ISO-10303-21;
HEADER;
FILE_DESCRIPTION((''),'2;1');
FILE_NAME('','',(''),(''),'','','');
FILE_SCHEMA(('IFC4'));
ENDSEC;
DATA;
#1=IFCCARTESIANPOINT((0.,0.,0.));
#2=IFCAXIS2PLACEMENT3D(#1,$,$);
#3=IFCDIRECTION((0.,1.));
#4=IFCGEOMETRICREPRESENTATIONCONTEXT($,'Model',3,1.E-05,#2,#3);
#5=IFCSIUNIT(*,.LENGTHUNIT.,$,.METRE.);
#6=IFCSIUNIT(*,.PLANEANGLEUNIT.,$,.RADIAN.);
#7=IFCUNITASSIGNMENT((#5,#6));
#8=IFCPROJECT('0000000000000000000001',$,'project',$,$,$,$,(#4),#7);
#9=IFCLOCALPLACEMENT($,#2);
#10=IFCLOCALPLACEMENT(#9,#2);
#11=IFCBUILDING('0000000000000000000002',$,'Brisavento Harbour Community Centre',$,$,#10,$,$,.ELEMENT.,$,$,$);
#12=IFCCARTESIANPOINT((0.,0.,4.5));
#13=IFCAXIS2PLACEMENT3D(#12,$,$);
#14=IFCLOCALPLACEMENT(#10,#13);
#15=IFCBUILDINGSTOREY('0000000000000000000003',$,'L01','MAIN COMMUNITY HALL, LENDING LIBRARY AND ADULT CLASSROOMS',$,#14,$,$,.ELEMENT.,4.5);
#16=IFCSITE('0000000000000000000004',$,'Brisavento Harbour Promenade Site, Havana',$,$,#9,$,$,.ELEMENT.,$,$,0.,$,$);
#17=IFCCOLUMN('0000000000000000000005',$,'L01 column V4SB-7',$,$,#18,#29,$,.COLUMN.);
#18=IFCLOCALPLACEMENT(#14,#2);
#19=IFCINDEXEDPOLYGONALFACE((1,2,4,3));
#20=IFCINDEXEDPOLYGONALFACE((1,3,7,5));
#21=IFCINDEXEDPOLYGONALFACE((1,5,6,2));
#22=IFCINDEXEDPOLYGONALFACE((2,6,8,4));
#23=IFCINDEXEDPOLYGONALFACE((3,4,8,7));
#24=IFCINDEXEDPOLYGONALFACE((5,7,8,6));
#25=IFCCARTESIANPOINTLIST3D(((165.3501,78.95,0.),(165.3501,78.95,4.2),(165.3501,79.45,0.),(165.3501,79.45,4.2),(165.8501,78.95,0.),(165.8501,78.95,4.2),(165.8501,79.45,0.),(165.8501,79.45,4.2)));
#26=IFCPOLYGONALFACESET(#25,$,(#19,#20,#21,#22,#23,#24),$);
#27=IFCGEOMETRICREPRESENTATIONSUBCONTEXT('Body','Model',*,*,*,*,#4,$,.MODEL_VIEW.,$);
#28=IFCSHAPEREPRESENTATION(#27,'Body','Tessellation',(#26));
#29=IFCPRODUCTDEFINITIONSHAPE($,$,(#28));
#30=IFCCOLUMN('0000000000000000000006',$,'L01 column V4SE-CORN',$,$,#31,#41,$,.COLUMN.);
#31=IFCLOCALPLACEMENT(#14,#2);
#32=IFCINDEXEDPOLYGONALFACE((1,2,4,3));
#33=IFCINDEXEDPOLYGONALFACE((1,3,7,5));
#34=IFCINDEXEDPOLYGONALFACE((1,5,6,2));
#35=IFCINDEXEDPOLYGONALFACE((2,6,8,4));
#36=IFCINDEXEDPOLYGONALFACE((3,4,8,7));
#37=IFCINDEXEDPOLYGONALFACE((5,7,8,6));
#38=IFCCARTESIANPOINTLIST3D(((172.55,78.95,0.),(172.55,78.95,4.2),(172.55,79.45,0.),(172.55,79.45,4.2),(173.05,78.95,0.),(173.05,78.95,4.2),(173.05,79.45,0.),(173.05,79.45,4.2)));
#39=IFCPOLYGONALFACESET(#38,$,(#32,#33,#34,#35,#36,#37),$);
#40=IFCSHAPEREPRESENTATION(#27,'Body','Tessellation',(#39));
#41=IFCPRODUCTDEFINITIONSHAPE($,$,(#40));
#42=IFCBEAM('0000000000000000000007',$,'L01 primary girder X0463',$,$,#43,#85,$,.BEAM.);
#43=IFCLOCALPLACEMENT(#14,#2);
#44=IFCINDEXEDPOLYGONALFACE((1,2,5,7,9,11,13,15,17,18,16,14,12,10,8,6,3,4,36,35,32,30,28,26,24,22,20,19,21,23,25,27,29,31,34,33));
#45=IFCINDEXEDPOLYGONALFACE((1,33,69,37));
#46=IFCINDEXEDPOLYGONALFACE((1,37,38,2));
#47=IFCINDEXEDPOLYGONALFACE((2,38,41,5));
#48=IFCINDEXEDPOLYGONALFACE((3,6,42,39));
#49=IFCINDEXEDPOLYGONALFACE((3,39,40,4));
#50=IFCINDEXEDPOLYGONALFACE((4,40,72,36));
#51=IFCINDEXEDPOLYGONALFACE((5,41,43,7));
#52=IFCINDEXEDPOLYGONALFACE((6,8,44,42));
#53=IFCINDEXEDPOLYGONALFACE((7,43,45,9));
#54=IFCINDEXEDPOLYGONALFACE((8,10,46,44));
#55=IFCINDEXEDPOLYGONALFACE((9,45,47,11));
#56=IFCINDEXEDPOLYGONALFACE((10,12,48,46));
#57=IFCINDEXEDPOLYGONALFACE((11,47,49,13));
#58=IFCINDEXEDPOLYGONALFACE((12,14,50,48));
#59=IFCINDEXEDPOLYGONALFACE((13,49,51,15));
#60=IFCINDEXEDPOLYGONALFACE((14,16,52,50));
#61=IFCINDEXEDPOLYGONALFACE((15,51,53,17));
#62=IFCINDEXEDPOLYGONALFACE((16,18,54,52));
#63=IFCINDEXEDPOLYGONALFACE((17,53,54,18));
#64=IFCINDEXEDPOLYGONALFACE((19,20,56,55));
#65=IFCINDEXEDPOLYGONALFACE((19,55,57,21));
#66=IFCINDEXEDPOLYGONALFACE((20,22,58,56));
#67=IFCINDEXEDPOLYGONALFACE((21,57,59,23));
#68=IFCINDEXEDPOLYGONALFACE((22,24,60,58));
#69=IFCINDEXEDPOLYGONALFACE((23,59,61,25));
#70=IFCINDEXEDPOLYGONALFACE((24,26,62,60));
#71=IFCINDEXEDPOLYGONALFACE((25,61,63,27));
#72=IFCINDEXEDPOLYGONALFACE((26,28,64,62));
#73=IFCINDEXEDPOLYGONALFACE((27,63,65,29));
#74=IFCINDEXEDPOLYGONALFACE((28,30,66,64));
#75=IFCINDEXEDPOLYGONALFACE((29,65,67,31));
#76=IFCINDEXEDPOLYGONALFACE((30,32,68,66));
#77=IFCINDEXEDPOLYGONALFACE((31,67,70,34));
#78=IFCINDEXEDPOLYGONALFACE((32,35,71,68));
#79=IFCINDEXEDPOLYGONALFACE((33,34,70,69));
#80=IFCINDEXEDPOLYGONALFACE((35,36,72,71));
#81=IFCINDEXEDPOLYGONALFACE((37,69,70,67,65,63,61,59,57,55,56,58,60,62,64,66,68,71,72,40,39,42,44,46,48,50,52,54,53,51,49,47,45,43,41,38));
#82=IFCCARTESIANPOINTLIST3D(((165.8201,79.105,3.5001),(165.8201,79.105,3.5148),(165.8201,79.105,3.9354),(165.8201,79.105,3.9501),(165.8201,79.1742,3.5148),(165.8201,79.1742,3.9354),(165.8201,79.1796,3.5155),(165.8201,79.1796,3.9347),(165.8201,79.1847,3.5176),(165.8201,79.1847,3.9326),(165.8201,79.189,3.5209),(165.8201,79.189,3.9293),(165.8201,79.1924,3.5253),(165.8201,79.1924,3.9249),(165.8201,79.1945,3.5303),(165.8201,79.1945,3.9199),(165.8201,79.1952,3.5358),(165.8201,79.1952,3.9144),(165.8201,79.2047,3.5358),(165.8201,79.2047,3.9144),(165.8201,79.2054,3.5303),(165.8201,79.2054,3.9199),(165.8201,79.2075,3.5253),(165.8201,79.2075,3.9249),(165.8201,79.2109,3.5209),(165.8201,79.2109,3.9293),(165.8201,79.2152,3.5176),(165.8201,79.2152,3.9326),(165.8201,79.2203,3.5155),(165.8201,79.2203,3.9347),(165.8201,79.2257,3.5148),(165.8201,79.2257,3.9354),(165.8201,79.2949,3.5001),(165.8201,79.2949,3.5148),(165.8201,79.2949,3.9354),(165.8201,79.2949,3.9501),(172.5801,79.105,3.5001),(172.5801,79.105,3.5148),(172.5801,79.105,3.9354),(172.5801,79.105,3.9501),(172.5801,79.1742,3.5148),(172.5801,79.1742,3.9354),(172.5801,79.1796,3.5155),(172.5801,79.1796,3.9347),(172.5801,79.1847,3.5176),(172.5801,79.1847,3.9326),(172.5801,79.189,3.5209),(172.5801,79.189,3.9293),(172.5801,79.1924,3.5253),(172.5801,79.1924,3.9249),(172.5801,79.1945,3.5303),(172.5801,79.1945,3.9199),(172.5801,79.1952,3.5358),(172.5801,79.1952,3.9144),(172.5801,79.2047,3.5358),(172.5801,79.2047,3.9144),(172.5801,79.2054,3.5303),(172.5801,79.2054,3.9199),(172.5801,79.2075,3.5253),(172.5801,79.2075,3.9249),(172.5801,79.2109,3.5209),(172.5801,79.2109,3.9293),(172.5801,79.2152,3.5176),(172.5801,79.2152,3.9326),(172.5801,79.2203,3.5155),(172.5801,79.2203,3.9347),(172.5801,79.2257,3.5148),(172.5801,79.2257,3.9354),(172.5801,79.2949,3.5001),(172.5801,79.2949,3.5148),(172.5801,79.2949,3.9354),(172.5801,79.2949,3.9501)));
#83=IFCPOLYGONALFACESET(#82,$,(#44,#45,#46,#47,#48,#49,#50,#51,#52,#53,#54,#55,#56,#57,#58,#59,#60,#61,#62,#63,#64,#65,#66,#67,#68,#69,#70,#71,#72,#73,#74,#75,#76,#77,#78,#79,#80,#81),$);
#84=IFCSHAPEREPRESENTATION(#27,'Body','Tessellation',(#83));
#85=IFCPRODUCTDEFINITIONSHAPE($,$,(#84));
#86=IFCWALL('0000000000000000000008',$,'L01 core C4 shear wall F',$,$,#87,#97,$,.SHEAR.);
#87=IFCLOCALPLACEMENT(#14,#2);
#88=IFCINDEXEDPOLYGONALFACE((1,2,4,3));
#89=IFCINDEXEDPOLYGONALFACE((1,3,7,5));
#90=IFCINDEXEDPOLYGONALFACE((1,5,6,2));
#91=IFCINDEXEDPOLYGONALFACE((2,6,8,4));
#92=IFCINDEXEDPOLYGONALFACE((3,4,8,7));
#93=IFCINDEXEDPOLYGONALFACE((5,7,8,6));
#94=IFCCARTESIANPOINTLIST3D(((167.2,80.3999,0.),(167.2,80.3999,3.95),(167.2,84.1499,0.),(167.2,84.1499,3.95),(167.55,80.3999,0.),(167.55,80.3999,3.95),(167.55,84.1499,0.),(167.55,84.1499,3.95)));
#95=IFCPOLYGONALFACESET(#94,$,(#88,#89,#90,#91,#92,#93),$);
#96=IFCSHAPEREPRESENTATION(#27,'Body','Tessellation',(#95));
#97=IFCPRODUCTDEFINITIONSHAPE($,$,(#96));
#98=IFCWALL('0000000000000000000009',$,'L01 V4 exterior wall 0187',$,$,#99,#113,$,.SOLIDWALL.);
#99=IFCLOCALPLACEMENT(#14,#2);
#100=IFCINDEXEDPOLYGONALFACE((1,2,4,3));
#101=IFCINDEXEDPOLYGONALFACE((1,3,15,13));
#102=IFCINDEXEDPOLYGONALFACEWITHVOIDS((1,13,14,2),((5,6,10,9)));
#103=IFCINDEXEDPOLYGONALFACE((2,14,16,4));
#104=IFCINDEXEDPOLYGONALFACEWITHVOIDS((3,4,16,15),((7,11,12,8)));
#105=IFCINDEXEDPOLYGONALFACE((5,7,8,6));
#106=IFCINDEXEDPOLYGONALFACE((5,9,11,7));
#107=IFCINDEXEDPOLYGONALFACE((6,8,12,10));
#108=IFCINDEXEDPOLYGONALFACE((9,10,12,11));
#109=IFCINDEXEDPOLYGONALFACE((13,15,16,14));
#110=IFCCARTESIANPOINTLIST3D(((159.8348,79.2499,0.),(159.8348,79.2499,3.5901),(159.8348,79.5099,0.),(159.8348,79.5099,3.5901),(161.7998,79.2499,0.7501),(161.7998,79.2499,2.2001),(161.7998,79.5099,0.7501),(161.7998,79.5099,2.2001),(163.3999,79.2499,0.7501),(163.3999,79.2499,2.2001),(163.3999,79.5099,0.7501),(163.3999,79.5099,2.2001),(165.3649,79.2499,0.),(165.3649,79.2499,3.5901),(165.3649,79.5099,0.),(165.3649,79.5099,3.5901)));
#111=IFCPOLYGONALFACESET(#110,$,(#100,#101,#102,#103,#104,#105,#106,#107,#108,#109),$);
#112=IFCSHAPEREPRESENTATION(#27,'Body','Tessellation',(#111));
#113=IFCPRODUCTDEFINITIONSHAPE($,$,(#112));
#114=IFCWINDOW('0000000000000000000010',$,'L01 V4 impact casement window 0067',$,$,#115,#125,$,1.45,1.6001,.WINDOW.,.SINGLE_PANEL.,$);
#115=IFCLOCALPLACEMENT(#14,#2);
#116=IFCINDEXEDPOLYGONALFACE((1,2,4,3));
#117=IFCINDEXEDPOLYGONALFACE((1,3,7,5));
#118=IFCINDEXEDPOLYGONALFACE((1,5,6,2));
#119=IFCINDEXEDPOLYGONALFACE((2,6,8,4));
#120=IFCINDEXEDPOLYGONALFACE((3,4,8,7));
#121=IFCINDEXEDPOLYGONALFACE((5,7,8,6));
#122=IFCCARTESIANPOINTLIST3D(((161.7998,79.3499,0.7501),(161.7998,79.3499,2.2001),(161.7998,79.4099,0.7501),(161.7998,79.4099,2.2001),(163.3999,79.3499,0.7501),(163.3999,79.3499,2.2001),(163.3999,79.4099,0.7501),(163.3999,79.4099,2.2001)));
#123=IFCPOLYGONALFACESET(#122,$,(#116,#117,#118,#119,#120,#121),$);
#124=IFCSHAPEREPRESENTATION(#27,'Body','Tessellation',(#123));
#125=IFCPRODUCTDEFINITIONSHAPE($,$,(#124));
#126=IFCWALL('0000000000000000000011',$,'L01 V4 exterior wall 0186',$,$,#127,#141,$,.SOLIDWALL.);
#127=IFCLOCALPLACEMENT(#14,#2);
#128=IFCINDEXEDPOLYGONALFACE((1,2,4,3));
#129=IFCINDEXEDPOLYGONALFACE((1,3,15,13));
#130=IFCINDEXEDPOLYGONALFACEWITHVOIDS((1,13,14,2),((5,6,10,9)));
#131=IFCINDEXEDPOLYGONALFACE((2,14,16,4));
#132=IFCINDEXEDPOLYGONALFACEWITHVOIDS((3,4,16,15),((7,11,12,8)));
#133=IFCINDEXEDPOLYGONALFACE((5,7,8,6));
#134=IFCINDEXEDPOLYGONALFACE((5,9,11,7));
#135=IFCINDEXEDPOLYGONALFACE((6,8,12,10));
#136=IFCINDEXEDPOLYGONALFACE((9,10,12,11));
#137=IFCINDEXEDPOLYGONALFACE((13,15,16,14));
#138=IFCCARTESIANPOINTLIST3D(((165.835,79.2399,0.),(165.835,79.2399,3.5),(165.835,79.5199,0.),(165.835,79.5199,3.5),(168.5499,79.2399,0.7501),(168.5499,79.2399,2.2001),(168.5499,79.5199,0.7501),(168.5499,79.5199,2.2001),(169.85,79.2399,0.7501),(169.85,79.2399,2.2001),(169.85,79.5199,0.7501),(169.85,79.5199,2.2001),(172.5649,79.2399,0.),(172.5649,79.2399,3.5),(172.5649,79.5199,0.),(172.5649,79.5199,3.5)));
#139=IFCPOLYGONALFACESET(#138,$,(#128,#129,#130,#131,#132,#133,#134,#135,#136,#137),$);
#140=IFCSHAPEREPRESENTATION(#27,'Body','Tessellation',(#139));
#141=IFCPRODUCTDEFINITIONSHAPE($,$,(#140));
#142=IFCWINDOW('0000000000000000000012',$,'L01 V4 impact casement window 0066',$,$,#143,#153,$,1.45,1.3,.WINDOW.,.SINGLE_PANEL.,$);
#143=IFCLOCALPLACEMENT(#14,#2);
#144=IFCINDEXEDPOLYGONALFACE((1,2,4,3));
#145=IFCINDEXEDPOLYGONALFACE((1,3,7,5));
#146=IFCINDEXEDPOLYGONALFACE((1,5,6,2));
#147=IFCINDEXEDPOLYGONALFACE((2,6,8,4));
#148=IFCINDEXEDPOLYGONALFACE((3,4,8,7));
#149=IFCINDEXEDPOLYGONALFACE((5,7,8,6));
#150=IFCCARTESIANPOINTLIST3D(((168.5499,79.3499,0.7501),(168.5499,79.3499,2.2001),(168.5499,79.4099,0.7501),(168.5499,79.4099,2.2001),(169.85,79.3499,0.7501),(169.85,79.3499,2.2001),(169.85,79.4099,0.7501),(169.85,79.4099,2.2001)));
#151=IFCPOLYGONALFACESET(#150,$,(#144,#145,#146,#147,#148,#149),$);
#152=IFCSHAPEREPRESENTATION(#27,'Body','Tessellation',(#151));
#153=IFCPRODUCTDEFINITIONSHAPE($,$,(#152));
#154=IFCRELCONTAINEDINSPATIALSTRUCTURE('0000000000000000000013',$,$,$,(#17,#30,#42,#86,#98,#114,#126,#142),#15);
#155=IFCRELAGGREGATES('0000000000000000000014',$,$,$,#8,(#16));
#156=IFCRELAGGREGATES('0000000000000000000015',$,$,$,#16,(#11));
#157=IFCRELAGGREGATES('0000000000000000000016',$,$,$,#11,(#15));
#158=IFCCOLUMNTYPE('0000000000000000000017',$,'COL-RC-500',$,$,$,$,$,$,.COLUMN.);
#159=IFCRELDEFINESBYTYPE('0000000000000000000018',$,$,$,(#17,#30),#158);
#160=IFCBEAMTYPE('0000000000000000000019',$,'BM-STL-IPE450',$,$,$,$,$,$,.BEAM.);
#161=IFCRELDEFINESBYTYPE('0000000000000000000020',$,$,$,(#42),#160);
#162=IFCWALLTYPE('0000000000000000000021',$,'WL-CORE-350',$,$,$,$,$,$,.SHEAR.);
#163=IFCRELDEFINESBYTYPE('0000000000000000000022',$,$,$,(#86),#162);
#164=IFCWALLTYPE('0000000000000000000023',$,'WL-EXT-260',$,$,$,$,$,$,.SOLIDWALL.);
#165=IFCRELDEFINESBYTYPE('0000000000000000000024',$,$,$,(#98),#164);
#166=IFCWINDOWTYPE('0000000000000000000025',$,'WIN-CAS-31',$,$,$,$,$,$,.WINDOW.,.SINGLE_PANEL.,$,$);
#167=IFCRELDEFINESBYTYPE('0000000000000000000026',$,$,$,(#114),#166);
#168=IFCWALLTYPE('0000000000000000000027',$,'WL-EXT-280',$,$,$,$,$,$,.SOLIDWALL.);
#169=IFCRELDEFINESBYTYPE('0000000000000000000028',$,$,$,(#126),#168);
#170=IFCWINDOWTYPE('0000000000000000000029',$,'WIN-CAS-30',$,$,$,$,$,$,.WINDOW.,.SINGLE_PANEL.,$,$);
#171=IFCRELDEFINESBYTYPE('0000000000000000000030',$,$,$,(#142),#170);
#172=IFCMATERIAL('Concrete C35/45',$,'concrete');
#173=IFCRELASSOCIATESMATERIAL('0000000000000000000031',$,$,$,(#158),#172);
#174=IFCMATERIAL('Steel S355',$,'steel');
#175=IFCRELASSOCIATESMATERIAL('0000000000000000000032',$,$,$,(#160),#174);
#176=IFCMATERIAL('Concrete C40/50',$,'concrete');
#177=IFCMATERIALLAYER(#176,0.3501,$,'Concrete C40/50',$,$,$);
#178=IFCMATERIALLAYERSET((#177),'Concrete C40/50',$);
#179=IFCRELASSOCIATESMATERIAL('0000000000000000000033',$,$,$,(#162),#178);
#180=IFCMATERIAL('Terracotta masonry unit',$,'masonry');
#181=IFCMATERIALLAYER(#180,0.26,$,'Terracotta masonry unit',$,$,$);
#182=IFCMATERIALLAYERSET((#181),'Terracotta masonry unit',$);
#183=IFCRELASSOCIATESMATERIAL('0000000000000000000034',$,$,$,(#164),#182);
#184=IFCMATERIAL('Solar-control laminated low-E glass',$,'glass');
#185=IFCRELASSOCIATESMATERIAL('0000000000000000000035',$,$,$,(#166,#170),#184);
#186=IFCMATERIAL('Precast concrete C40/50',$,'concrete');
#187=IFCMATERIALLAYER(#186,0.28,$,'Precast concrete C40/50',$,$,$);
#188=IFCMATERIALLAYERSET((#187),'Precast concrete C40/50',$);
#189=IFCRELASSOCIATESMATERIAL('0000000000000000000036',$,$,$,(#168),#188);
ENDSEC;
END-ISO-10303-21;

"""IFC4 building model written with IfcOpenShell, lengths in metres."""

from ifc_helpers import new_model, si_unit, direction, frame, frame_2d, origin, origin_2d, place, context, subcontext, project, spatial, rectangle, i_section, extrude, material, layer, layer_set, material_profile, profile_set, type_object, element, fill, save


model = new_model("IFC4")

# Units and contexts
model_context = context("Model", 3, precision=1e-05, world=origin(), true_north=direction((0.0, 1.0)))
body_context = subcontext(model_context, "Body", "Model", "MODEL_VIEW")
ifc_project = project(units=[si_unit("LENGTHUNIT", "METRE"), si_unit("PLANEANGLEUNIT", "RADIAN")], contexts=[model_context])

# Site, building, storey
site_placement = place(None, origin())
site = spatial("IfcSite", under=ifc_project, at=site_placement, Name="Brisavento Harbour Promenade Site, Havana", CompositionType="ELEMENT", RefElevation=0.0)
building_placement = place(site_placement, origin())
building = spatial("IfcBuilding", under=site, at=building_placement, Name="Brisavento Harbour Community Centre", CompositionType="ELEMENT")
storey_placement = place(building_placement, frame((0.0, 0.0, 4.5)))
storey = spatial("IfcBuildingStorey", under=building, at=storey_placement, Name="L01", Description="MAIN COMMUNITY HALL, LENDING LIBRARY AND ADULT CLASSROOMS", CompositionType="ELEMENT", Elevation=4.5)

# Columns
ifc_material_1 = material(Name="Concrete C35/45", Category="concrete")
ifc_material_profile_1 = material_profile(ifc_material_1, rectangle(XDim=0.5, YDim=0.5, at=origin_2d()), Name="Concrete C35/45")
ifc_profile_set_1 = profile_set([ifc_material_profile_1], Name="Concrete C35/45")
column_type = type_object("IfcColumnType", Name="COL-RC-500", PredefinedType="COLUMN", material=ifc_profile_set_1)
for number, where, z_axis, x_axis, name in (
    (1, (165.6001, 79.2, 0.0), (0.0, 0.0, 1.0), (1.0, 0.0, 0.0), "L01 column V4SB-7"),
    (2, (172.8, 79.2, 0.0), (0.0, 0.0, 1.0), (1.0, 0.0, 0.0), "L01 column V4SE-CORN"),
):
    element("IfcColumn", number, at=place(storey_placement, frame(where, z_axis=z_axis, x_axis=x_axis)), inside=storey, type_object=column_type, Name=name, PredefinedType="COLUMN", context=body_context, shape_type="SweptSolid", body=[
        extrude(rectangle(XDim=0.5, YDim=0.5, at=origin_2d()), origin(), (0.0, 0.0, 1.0), 4.2),
    ])

# Beam
ifc_material_2 = material(Name="Steel S355", Category="steel")
ifc_material_profile_2 = material_profile(ifc_material_2, i_section(OverallWidth=0.1899, OverallDepth=0.45, WebThickness=0.0095, FlangeThickness=0.0146, FilletRadius=0.021, at=origin_2d()), Name="Steel S355")
ifc_profile_set_2 = profile_set([ifc_material_profile_2], Name="Steel S355")
beam_type = type_object("IfcBeamType", Name="BM-STL-IPE450", PredefinedType="BEAM", material=ifc_profile_set_2)
beam_placement = place(storey_placement, frame((165.8201, 79.2, 3.7251), z_axis=(1.0, 0.0, 0.0), x_axis=(0.0, 1.0, 0.0)))
element("IfcBeam", 3, at=beam_placement, inside=storey, type_object=beam_type, Name="L01 primary girder X0463", PredefinedType="BEAM", context=body_context, shape_type="SweptSolid", body=[
    extrude(i_section(OverallWidth=0.1899, OverallDepth=0.45, WebThickness=0.0095, FlangeThickness=0.0146, FilletRadius=0.021, at=origin_2d()), origin(), (0.0, 0.0, 1.0), 6.76),
])

# Wall
ifc_material_3 = material(Name="Concrete C40/50", Category="concrete")
ifc_layer_1 = layer(ifc_material_3, 0.3501, Name="Concrete C40/50")
ifc_layer_set_1 = layer_set([ifc_layer_1], Name="Concrete C40/50")
wall_type_1 = type_object("IfcWallType", Name="WL-CORE-350", PredefinedType="SHEAR", material=ifc_layer_set_1)
wall_1_placement = place(storey_placement, frame((167.375, 80.3999, 0.0), z_axis=(0.0, 0.0, 1.0), x_axis=(0.0, 1.0, 0.0)))
element("IfcWall", 4, at=wall_1_placement, inside=storey, type_object=wall_type_1, Name="L01 core C4 shear wall F", PredefinedType="SHEAR", context=body_context, shape_type="SweptSolid", body=[
    extrude(rectangle(XDim=3.75, YDim=0.3501, at=frame_2d((1.875, 0.0))), origin(), (0.0, 0.0, 1.0), 3.95),
])

# Walls, openings, windows
ifc_material_4 = material(Name="Terracotta masonry unit", Category="masonry")
ifc_layer_2 = layer(ifc_material_4, 0.26, Name="Terracotta masonry unit")
ifc_layer_set_2 = layer_set([ifc_layer_2], Name="Terracotta masonry unit")
wall_type_2 = type_object("IfcWallType", Name="WL-EXT-260", PredefinedType="SOLIDWALL", material=ifc_layer_set_2)
wall_2_placement = place(storey_placement, frame((165.365, 79.3799, 0.0), z_axis=(0.0, 0.0, 1.0), x_axis=(-1.0, 0.0, 0.0)))
wall_2 = element("IfcWall", 5, at=wall_2_placement, inside=storey, type_object=wall_type_2, Name="L01 V4 exterior wall 0187", PredefinedType="SOLIDWALL", context=body_context, shape_type="SweptSolid", body=[
    extrude(rectangle(XDim=5.53, YDim=0.26, at=frame_2d((2.7651, 0.0))), origin(), (0.0, 0.0, 1.0), 3.5901),
])
opening_1_placement = place(wall_2_placement, frame((1.9651, 0.0, 0.75)))
opening_1 = element("IfcOpeningElement", 6, at=opening_1_placement, cuts=wall_2, PredefinedType="OPENING", context=body_context, shape_type="SweptSolid", body=[
    extrude(rectangle(XDim=1.6001, YDim=1.45, at=frame_2d((0.8, 0.7251))), frame((0.0, 0.1401, 0.0), z_axis=(0.0, -1.0, 0.0), x_axis=(1.0, 0.0, 0.0)), (0.0, 0.0, 1.0), 0.28),
])
ifc_material_5 = material(Name="Solar-control laminated low-E glass", Category="glass")
window_type_1 = type_object("IfcWindowType", Name="WIN-CAS-31", PartitioningType="SINGLE_PANEL", PredefinedType="WINDOW", material=ifc_material_5)
window_1_placement = place(opening_1_placement, origin())
window_1 = element("IfcWindow", 7, at=window_1_placement, inside=storey, type_object=window_type_1, Name="L01 V4 impact casement window 0067", OverallHeight=1.45, OverallWidth=1.6001, PartitioningType="SINGLE_PANEL", PredefinedType="WINDOW", context=body_context, shape_type="SweptSolid", body=[
    extrude(rectangle(XDim=1.6001, YDim=1.45, at=frame_2d((0.8, 0.7251))), frame((0.0, 0.03, 0.0), z_axis=(0.0, -1.0, 0.0), x_axis=(1.0, 0.0, 0.0)), (0.0, 0.0, 1.0), 0.0601),
])
fill(opening_1, window_1)
ifc_material_6 = material(Name="Precast concrete C40/50", Category="concrete")
ifc_layer_3 = layer(ifc_material_6, 0.28, Name="Precast concrete C40/50")
ifc_layer_set_3 = layer_set([ifc_layer_3], Name="Precast concrete C40/50")
wall_type_3 = type_object("IfcWallType", Name="WL-EXT-280", PredefinedType="SOLIDWALL", material=ifc_layer_set_3)
wall_3_placement = place(storey_placement, frame((172.5649, 79.3799, 0.0), z_axis=(0.0, 0.0, 1.0), x_axis=(-1.0, 0.0, 0.0)))
wall_3 = element("IfcWall", 8, at=wall_3_placement, inside=storey, type_object=wall_type_3, Name="L01 V4 exterior wall 0186", PredefinedType="SOLIDWALL", context=body_context, shape_type="SweptSolid", body=[
    extrude(rectangle(XDim=6.73, YDim=0.28, at=frame_2d((3.365, 0.0))), origin(), (0.0, 0.0, 1.0), 3.5),
])
opening_2_placement = place(wall_3_placement, frame((2.7151, 0.0, 0.75)))
opening_2 = element("IfcOpeningElement", 9, at=opening_2_placement, cuts=wall_3, PredefinedType="OPENING", context=body_context, shape_type="SweptSolid", body=[
    extrude(rectangle(XDim=1.3, YDim=1.45, at=frame_2d((0.6499, 0.7251))), frame((0.0, 0.1499, 0.0), z_axis=(0.0, -1.0, 0.0), x_axis=(1.0, 0.0, 0.0)), (0.0, 0.0, 1.0), 0.3),
])
window_type_2 = type_object("IfcWindowType", Name="WIN-CAS-30", PartitioningType="SINGLE_PANEL", PredefinedType="WINDOW", material=ifc_material_5)
window_2_placement = place(opening_2_placement, origin())
window_2 = element("IfcWindow", 10, at=window_2_placement, inside=storey, type_object=window_type_2, Name="L01 V4 impact casement window 0066", OverallHeight=1.45, OverallWidth=1.3, PartitioningType="SINGLE_PANEL", PredefinedType="WINDOW", context=body_context, shape_type="SweptSolid", body=[
    extrude(rectangle(XDim=1.3, YDim=1.45, at=frame_2d((0.6499, 0.7251))), frame((0.0, 0.03, 0.0), z_axis=(0.0, -1.0, 0.0), x_axis=(1.0, 0.0, 0.0)), (0.0, 0.0, 1.0), 0.0601),
])
fill(opening_2, window_2)

save(model, "model.ifc")
